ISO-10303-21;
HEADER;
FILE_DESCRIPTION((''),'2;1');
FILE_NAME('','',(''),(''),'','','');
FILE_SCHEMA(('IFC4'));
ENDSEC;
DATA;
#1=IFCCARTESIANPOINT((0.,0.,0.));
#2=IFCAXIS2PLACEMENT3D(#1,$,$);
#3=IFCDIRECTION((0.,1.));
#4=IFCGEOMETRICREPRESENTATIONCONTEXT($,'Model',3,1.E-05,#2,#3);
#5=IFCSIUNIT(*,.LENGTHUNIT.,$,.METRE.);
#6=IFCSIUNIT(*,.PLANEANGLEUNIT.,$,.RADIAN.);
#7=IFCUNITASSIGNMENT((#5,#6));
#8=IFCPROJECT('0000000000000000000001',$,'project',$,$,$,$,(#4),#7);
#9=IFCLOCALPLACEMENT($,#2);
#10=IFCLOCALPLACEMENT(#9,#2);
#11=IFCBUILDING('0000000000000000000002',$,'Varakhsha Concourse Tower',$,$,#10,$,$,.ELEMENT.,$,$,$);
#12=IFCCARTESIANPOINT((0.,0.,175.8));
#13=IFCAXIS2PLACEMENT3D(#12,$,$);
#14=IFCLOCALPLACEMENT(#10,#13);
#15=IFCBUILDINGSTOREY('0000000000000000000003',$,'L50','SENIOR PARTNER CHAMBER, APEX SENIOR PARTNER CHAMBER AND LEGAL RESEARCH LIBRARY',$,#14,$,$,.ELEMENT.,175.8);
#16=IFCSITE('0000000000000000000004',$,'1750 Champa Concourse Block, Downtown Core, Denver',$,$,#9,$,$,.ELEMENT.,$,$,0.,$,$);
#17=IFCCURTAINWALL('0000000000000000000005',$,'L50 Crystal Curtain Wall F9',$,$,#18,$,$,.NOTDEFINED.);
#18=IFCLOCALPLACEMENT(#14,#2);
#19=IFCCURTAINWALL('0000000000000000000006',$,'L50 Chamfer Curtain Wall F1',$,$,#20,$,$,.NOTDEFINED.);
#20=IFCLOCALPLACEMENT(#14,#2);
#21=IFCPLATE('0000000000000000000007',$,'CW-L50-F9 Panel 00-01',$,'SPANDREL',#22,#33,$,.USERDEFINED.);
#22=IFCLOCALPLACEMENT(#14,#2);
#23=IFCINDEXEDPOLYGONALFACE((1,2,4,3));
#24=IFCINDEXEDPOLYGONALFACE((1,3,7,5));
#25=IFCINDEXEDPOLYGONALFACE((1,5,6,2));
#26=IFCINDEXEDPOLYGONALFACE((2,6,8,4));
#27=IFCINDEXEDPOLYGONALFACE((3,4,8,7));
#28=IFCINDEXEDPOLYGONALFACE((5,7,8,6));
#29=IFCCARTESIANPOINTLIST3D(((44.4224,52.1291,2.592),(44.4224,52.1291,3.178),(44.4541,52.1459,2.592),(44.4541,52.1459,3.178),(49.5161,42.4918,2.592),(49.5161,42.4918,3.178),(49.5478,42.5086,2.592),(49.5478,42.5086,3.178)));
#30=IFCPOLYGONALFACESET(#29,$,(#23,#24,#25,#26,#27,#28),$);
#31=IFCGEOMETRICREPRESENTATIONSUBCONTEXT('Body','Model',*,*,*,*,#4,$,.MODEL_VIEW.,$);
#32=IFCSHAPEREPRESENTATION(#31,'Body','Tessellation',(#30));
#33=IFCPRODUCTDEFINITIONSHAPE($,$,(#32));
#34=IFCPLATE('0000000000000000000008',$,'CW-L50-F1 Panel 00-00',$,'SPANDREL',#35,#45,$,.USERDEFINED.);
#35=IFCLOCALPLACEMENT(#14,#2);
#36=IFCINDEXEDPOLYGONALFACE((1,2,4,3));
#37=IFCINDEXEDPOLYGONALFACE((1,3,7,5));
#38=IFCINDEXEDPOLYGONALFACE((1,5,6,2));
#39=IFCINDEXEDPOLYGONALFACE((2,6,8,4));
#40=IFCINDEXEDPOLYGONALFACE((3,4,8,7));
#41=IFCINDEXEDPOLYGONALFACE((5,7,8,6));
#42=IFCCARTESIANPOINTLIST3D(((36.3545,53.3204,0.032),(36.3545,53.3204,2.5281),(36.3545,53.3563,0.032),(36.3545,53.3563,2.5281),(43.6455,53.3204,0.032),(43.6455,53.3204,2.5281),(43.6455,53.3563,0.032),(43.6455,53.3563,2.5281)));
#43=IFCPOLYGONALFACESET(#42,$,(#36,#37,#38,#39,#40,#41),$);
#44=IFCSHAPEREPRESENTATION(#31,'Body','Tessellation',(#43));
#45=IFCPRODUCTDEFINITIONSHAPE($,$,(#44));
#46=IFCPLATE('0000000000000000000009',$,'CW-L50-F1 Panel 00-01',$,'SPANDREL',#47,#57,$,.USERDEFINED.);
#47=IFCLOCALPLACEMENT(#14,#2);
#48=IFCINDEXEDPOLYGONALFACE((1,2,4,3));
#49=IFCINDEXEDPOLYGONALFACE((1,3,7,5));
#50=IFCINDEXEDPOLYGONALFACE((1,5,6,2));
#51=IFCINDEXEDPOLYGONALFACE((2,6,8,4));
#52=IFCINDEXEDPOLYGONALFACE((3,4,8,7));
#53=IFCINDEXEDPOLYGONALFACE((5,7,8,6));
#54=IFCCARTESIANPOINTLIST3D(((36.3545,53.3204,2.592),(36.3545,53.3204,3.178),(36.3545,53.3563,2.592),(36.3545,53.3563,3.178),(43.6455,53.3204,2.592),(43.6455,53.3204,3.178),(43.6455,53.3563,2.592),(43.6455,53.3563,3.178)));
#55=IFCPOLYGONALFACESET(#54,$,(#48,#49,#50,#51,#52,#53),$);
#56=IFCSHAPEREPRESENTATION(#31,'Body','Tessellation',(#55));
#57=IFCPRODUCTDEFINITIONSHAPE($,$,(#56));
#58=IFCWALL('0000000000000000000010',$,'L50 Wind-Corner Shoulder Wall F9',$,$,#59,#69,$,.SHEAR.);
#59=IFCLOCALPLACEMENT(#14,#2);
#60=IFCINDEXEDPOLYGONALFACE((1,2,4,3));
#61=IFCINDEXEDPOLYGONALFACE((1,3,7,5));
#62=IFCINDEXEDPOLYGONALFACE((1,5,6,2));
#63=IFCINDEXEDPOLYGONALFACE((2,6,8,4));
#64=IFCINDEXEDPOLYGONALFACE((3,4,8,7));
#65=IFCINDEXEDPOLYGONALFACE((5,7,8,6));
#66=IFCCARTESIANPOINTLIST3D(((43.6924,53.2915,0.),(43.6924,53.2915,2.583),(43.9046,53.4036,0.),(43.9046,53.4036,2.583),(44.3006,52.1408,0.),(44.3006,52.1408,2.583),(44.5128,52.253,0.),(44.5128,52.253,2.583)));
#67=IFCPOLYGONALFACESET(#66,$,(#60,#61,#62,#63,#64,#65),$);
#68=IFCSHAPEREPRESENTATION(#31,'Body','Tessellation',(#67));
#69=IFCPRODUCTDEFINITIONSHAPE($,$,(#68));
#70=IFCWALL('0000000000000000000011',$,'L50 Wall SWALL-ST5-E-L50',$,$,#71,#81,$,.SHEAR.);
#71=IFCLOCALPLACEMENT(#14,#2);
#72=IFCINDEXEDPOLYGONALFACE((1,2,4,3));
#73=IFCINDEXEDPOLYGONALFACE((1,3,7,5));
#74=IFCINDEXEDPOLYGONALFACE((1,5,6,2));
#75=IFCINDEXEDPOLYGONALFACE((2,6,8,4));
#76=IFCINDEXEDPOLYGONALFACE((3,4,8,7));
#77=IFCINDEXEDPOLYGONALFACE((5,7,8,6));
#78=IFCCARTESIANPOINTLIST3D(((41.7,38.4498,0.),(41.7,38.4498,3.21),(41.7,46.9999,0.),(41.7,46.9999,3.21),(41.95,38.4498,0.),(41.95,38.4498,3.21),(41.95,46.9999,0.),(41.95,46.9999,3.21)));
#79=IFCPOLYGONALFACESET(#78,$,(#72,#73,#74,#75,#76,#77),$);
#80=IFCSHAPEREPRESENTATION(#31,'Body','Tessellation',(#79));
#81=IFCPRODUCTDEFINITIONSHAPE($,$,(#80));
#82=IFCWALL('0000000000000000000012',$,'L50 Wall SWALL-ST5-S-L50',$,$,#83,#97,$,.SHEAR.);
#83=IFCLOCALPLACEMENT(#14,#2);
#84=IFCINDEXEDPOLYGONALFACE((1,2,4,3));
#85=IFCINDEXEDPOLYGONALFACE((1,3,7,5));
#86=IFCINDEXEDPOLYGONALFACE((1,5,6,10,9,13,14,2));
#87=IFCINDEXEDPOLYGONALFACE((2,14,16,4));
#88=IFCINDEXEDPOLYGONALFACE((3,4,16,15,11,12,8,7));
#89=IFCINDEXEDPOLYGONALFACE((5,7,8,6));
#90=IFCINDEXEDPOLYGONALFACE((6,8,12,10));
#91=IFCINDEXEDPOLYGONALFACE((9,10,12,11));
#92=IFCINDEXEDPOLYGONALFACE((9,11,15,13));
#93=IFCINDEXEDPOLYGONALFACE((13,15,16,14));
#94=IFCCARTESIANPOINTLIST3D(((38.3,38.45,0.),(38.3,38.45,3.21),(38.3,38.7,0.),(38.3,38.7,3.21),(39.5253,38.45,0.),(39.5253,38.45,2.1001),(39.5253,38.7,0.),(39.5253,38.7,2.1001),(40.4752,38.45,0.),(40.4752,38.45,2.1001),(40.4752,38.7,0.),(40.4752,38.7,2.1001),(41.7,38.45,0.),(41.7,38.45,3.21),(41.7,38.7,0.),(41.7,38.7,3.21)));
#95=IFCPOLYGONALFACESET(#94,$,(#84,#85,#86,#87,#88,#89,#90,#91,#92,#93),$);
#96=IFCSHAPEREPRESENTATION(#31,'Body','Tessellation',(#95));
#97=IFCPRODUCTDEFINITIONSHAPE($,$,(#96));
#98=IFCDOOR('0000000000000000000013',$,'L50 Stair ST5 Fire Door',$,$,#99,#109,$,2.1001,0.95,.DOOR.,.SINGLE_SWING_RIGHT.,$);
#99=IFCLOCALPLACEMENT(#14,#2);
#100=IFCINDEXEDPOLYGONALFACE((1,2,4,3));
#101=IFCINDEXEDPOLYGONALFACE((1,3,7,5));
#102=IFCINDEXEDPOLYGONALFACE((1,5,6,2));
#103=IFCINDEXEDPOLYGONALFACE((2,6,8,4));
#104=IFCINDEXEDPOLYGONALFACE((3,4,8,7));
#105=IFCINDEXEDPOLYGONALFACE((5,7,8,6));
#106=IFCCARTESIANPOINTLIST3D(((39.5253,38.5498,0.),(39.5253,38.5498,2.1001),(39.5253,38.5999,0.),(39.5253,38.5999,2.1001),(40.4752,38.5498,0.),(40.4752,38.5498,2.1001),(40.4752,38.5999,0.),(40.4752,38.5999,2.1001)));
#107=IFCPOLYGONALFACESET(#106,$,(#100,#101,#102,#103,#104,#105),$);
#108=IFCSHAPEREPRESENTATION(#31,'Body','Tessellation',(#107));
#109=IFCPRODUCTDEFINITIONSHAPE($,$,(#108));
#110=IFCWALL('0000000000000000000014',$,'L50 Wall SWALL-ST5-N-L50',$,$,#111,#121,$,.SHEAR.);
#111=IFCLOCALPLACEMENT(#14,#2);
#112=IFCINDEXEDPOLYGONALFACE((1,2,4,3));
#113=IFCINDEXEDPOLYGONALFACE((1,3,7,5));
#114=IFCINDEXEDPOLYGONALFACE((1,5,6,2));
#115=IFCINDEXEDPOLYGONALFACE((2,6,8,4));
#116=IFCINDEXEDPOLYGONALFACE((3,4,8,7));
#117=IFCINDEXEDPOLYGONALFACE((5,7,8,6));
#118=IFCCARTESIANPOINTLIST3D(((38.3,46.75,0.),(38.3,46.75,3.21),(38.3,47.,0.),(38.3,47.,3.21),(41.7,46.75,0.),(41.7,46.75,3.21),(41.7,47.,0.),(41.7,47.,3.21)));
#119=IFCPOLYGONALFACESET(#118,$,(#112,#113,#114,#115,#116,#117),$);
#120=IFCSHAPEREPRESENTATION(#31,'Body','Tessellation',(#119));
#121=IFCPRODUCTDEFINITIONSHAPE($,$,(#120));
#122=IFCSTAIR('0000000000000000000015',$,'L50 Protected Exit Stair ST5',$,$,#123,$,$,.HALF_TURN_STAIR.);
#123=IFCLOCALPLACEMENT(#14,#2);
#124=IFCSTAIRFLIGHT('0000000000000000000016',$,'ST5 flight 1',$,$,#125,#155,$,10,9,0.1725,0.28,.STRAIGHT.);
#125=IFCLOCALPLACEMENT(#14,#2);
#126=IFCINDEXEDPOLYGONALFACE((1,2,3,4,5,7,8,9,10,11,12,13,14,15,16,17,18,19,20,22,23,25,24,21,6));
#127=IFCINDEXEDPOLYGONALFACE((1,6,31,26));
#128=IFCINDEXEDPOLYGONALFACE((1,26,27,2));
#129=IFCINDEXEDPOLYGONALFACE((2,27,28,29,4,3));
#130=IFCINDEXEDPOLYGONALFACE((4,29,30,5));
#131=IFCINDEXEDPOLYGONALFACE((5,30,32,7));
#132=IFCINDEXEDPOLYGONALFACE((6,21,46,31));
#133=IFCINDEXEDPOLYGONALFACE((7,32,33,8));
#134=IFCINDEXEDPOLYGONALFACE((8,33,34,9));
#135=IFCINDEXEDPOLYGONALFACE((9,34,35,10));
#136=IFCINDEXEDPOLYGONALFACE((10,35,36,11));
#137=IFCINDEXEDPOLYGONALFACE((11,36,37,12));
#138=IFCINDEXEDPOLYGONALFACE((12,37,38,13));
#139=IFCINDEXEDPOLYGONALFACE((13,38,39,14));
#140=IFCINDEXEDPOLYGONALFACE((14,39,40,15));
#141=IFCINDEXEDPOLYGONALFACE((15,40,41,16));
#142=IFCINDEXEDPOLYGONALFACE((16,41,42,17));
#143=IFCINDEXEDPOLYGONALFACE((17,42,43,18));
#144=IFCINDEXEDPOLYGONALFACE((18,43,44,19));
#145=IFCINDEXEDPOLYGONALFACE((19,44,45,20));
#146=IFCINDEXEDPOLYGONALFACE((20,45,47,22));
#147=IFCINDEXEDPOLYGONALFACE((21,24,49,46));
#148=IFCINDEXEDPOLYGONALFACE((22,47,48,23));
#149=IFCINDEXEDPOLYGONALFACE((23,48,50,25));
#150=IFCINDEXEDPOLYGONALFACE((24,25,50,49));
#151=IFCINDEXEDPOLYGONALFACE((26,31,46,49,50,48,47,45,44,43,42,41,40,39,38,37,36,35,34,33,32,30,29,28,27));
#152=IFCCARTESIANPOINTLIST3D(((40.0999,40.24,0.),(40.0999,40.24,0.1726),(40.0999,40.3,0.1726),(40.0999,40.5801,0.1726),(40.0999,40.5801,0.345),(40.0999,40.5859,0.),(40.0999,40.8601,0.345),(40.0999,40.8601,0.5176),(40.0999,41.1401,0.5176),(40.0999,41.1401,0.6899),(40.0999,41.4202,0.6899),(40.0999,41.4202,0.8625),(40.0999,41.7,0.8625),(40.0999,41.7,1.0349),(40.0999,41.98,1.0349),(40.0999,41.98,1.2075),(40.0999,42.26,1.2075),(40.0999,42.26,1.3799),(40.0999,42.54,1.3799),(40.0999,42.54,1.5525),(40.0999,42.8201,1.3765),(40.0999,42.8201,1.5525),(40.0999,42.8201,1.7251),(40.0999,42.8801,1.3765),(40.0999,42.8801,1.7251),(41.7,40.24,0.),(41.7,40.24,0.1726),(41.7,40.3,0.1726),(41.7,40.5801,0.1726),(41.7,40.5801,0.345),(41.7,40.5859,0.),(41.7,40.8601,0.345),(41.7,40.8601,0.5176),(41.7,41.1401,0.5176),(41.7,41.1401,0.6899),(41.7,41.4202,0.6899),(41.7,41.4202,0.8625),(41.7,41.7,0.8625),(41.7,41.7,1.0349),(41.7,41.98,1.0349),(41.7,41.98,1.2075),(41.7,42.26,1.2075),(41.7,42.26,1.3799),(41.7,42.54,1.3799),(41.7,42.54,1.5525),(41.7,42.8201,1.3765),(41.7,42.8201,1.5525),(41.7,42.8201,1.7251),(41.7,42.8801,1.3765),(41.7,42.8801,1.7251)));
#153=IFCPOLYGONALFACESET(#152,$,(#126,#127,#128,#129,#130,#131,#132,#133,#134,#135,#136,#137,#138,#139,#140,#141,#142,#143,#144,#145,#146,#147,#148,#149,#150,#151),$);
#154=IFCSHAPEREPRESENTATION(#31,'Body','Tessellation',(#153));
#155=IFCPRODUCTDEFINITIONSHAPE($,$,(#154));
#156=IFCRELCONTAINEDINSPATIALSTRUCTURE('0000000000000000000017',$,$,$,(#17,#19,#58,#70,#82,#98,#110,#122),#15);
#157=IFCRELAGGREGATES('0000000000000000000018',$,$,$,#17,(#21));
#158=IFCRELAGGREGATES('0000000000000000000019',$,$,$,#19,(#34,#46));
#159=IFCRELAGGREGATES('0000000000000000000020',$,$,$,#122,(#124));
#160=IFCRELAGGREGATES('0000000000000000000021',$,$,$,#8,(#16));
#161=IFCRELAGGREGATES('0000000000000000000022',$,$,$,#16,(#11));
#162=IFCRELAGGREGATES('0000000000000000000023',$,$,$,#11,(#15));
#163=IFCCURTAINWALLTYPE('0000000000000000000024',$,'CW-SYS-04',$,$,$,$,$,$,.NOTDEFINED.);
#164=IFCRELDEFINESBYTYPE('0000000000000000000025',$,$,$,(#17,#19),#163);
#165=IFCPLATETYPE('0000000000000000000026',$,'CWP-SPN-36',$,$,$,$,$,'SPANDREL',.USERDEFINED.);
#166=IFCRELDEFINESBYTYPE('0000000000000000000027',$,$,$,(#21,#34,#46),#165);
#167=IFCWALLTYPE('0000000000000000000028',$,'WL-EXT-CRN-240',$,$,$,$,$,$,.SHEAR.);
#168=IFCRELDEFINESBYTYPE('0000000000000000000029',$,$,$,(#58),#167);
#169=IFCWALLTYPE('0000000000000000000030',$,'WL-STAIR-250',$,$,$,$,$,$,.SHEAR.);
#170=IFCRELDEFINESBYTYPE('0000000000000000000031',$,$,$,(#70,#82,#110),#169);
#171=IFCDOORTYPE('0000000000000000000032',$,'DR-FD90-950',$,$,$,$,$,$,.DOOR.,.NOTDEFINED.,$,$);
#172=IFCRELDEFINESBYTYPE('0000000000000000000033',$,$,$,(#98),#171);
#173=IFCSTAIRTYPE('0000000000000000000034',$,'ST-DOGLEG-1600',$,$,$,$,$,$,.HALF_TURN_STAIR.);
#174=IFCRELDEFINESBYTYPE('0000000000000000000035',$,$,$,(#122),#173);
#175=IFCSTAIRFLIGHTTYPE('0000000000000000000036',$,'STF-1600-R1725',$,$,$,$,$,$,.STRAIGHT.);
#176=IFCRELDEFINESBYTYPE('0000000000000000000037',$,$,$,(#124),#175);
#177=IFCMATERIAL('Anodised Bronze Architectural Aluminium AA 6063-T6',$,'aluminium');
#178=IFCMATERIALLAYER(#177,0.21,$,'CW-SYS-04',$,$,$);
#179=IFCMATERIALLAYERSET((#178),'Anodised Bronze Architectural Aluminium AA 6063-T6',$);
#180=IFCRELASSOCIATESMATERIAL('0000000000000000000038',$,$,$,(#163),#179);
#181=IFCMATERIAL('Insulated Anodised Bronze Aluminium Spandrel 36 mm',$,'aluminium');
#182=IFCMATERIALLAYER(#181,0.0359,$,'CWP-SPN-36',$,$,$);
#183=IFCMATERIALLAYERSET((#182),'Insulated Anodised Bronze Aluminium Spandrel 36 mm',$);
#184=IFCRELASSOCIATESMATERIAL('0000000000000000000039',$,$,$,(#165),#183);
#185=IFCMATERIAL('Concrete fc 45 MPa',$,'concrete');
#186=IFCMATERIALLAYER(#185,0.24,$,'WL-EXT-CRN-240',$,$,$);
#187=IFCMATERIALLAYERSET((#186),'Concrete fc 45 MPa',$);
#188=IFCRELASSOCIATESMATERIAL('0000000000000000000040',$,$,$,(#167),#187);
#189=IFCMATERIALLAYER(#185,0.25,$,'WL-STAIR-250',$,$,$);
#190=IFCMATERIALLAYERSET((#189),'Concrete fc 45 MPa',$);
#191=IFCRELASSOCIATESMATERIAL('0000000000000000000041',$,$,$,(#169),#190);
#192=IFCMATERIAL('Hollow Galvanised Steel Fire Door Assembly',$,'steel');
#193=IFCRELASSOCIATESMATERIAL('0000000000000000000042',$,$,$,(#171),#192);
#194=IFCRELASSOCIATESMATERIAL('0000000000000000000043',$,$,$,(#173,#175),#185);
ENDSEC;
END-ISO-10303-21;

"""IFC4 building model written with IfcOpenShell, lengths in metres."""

from ifc_helpers import new_model, si_unit, direction, frame, frame_2d, origin, origin_2d, place, context, subcontext, project, spatial, polyline, rectangle, outline, extrude, source, transform, mapped, material, layer, layer_set, type_object, type_shapes, element, fill, aggregate, save


model = new_model("IFC4")

# Units and contexts
model_context = context("Model", 3, precision=1e-05, world=origin(), true_north=direction((0.0, 1.0)))
body_context = subcontext(model_context, "Body", "Model", "MODEL_VIEW")
ifc_project = project(units=[si_unit("LENGTHUNIT", "METRE"), si_unit("PLANEANGLEUNIT", "RADIAN")], contexts=[model_context])

# Site, building, storey
site_placement = place(None, origin())
site = spatial("IfcSite", under=ifc_project, at=site_placement, Name="1750 Champa Concourse Block, Downtown Core, Denver", CompositionType="ELEMENT", RefElevation=0.0)
building_placement = place(site_placement, origin())
building = spatial("IfcBuilding", under=site, at=building_placement, Name="Varakhsha Concourse Tower", CompositionType="ELEMENT")
storey_placement = place(building_placement, frame((0.0, 0.0, 175.8)))
storey = spatial("IfcBuildingStorey", under=building, at=storey_placement, Name="L50", Description="SENIOR PARTNER CHAMBER, APEX SENIOR PARTNER CHAMBER AND LEGAL RESEARCH LIBRARY", CompositionType="ELEMENT", Elevation=175.8)

# Curtain wall
ifc_material_1 = material(Name="Anodised Bronze Architectural Aluminium AA 6063-T6", Category="aluminium")
ifc_layer_1 = layer(ifc_material_1, 0.21, Name="CW-SYS-04")
ifc_layer_set_1 = layer_set([ifc_layer_1], Name="Anodised Bronze Architectural Aluminium AA 6063-T6")
curtain_wall_type = type_object("IfcCurtainWallType", Name="CW-SYS-04", PredefinedType="NOTDEFINED", material=ifc_layer_set_1)
curtain_wall_1_placement = place(storey_placement, origin())
curtain_wall_1 = element("IfcCurtainWall", 1, at=curtain_wall_1_placement, inside=storey, type_object=curtain_wall_type, Name="L50 Crystal Curtain Wall F9", PredefinedType="NOTDEFINED")

# Curtain wall
curtain_wall_2_placement = place(storey_placement, origin())
curtain_wall_2 = element("IfcCurtainWall", 2, at=curtain_wall_2_placement, inside=storey, type_object=curtain_wall_type, Name="L50 Chamfer Curtain Wall F1", PredefinedType="NOTDEFINED")

# Plates
ifc_material_2 = material(Name="Insulated Anodised Bronze Aluminium Spandrel 36 mm", Category="aluminium")
ifc_layer_2 = layer(ifc_material_2, 0.0359, Name="CWP-SPN-36")
ifc_layer_set_2 = layer_set([ifc_layer_2], Name="Insulated Anodised Bronze Aluminium Spandrel 36 mm")
plate_type_1 = type_object("IfcPlateType", Name="CWP-SPN-36", ElementType="SPANDREL", PredefinedType="USERDEFINED", material=ifc_layer_set_2)
shared_shape_1 = source(origin(), body_context, "Body", "SweptSolid", [
    extrude(rectangle(XDim=10.9006, YDim=0.0359, at=origin_2d()), origin(), (0.0, 0.0, 1.0), 0.5859),
])
plate_1_placement = place(storey_placement, frame((46.9851, 47.3188, 2.592), z_axis=(0.0, 0.0, 1.0), x_axis=(0.467286, -0.884106, 0.0)))
plate_1 = element("IfcPlate", 3, at=plate_1_placement, type_object=plate_type_1, Name="CW-L50-F9 Panel 00-01", ObjectType="SPANDREL", PredefinedType="USERDEFINED", context=body_context, shape_type="MappedRepresentation", body=[
    mapped(shared_shape_1, transform((0.0, 0.0, 0.0), scale=1.0)),
])
aggregate(curtain_wall_1, [plate_1])
shared_shape_2 = source(origin(), body_context, "Body", "SweptSolid", [
    extrude(rectangle(XDim=7.291, YDim=0.0359, at=origin_2d()), origin(), (0.0, 0.0, 1.0), 2.4961),
])
plate_2_placement = place(storey_placement, frame((40.0, 53.3384, 0.032), z_axis=(0.0, 0.0, 1.0), x_axis=(1.0, 0.0, 0.0)))
plate_2 = element("IfcPlate", 4, at=plate_2_placement, type_object=plate_type_1, Name="CW-L50-F1 Panel 00-00", ObjectType="SPANDREL", PredefinedType="USERDEFINED", context=body_context, shape_type="MappedRepresentation", body=[
    mapped(shared_shape_2, transform((0.0, 0.0, 0.0), scale=1.0)),
])
shared_shape_3 = source(origin(), body_context, "Body", "SweptSolid", [
    extrude(rectangle(XDim=7.291, YDim=0.0359, at=origin_2d()), origin(), (0.0, 0.0, 1.0), 0.5859),
])
type_shapes(plate_type_1, [shared_shape_1, shared_shape_2, shared_shape_3])
plate_3_placement = place(storey_placement, frame((40.0, 53.3384, 2.592), z_axis=(0.0, 0.0, 1.0), x_axis=(1.0, 0.0, 0.0)))
plate_3 = element("IfcPlate", 5, at=plate_3_placement, type_object=plate_type_1, Name="CW-L50-F1 Panel 00-01", ObjectType="SPANDREL", PredefinedType="USERDEFINED", context=body_context, shape_type="MappedRepresentation", body=[
    mapped(shared_shape_3, transform((0.0, 0.0, 0.0), scale=1.0)),
])
aggregate(curtain_wall_2, [plate_2, plate_3])

# Walls
ifc_material_3 = material(Name="Concrete fc 45 MPa", Category="concrete")
ifc_layer_3 = layer(ifc_material_3, 0.24, Name="WL-EXT-CRN-240")
ifc_layer_set_3 = layer_set([ifc_layer_3], Name="Concrete fc 45 MPa")
wall_type_1 = type_object("IfcWallType", Name="WL-EXT-CRN-240", PredefinedType="SHEAR", material=ifc_layer_set_3)
wall_1_placement = place(storey_placement, frame((44.4067, 52.1968, 0.0), z_axis=(0.0, 0.0, 1.0), x_axis=(-0.467284, 0.884107, 0.0)))
element("IfcWall", 6, at=wall_1_placement, inside=storey, type_object=wall_type_1, Name="L50 Wind-Corner Shoulder Wall F9", PredefinedType="SHEAR", context=body_context, shape_type="SweptSolid", body=[
    extrude(rectangle(XDim=1.3015, YDim=0.24, at=frame_2d((0.6509, 0.0))), origin(), (0.0, 0.0, 1.0), 2.583),
])
ifc_layer_4 = layer(ifc_material_3, 0.25, Name="WL-STAIR-250")
ifc_layer_set_4 = layer_set([ifc_layer_4], Name="Concrete fc 45 MPa")
wall_type_2 = type_object("IfcWallType", Name="WL-STAIR-250", PredefinedType="SHEAR", material=ifc_layer_set_4)
wall_2_placement = place(storey_placement, frame((41.825, 38.45, 0.0), z_axis=(0.0, 0.0, 1.0), x_axis=(0.0, 1.0, 0.0)))
element("IfcWall", 7, at=wall_2_placement, inside=storey, type_object=wall_type_2, Name="L50 Wall SWALL-ST5-E-L50", PredefinedType="SHEAR", context=body_context, shape_type="SweptSolid", body=[
    extrude(rectangle(XDim=8.55, YDim=0.25, at=frame_2d((4.2749, 0.0))), origin(), (0.0, 0.0, 1.0), 3.21),
])

# Wall, opening, door
wall_3_placement = place(storey_placement, frame((38.3, 38.575, 0.0), z_axis=(0.0, 0.0, 1.0), x_axis=(1.0, 0.0, 0.0)))
wall_3 = element("IfcWall", 8, at=wall_3_placement, inside=storey, type_object=wall_type_2, Name="L50 Wall SWALL-ST5-S-L50", PredefinedType="SHEAR", context=body_context, shape_type="SweptSolid", body=[
    extrude(rectangle(XDim=3.3999, YDim=0.25, at=frame_2d((1.7, 0.0))), origin(), (0.0, 0.0, 1.0), 3.21),
])
opening_placement = place(wall_3_placement, frame((1.2251, 0.0, 0.0)))
opening = element("IfcOpeningElement", 9, at=opening_placement, cuts=wall_3, PredefinedType="OPENING", context=body_context, shape_type="SweptSolid", body=[
    extrude(rectangle(XDim=0.95, YDim=2.1001, at=frame_2d((0.4751, 1.05))), frame((0.0, 0.135, 0.0), z_axis=(0.0, -1.0, 0.0), x_axis=(1.0, 0.0, 0.0)), (0.0, 0.0, 1.0), 0.27),
])
ifc_material_4 = material(Name="Hollow Galvanised Steel Fire Door Assembly", Category="steel")
door_type = type_object("IfcDoorType", Name="DR-FD90-950", OperationType="NOTDEFINED", PredefinedType="DOOR", material=ifc_material_4)
door_placement = place(opening_placement, origin())
door = element("IfcDoor", 10, at=door_placement, inside=storey, type_object=door_type, Name="L50 Stair ST5 Fire Door", OperationType="SINGLE_SWING_RIGHT", OverallHeight=2.1001, OverallWidth=0.95, PredefinedType="DOOR", context=body_context, shape_type="SweptSolid", body=[
    extrude(rectangle(XDim=0.95, YDim=2.1001, at=frame_2d((0.4751, 1.05))), frame((0.0, 0.0249, 0.0), z_axis=(0.0, -1.0, 0.0), x_axis=(1.0, 0.0, 0.0)), (0.0, 0.0, 1.0), 0.05),
])
fill(opening, door)

# Wall
wall_4_placement = place(storey_placement, frame((38.3, 46.875, 0.0), z_axis=(0.0, 0.0, 1.0), x_axis=(1.0, 0.0, 0.0)))
element("IfcWall", 11, at=wall_4_placement, inside=storey, type_object=wall_type_2, Name="L50 Wall SWALL-ST5-N-L50", PredefinedType="SHEAR", context=body_context, shape_type="SweptSolid", body=[
    extrude(rectangle(XDim=3.3999, YDim=0.25, at=frame_2d((1.7, 0.0))), origin(), (0.0, 0.0, 1.0), 3.21),
])

# Stair, stair flight
stair_type = type_object("IfcStairType", Name="ST-DOGLEG-1600", PredefinedType="HALF_TURN_STAIR", material=ifc_material_3)
stair_placement = place(storey_placement, origin())
stair = element("IfcStair", 12, at=stair_placement, inside=storey, type_object=stair_type, Name="L50 Protected Exit Stair ST5", PredefinedType="HALF_TURN_STAIR")
stair_flight_type = type_object("IfcStairFlightType", Name="STF-1600-R1725", PredefinedType="STRAIGHT", material=ifc_material_3)
stair_flight_1_placement = place(storey_placement, frame((40.8999, 40.3, 0.0), z_axis=(0.0, 0.0, 1.0), x_axis=(0.0, 1.0, 0.0)))
stair_flight_1 = element("IfcStairFlight", 13, at=stair_flight_1_placement, type_object=stair_flight_type, Name="ST5 flight 1", NumberOfRisers=10, NumberOfTreads=9, PredefinedType="STRAIGHT", RiserHeight=0.1725, TreadLength=0.28, context=body_context, shape_type="SweptSolid", body=[
    extrude(outline(polyline([(-0.0601, 0.0), (-0.0601, 0.1726), (0.0, 0.1726), (0.28, 0.1726), (0.28, 0.345), (0.5601, 0.345), (0.5601, 0.5176), (0.8401, 0.5176), (0.8401, 0.6899), (1.1201, 0.6899), (1.1201, 0.8625), (1.3999, 0.8625), (1.3999, 1.0349), (1.6799, 1.0349), (1.6799, 1.2075), (1.96, 1.2075), (1.96, 1.3799), (2.24, 1.3799), (2.24, 1.5525), (2.52, 1.5525), (2.52, 1.7251), (2.5801, 1.7251), (2.5801, 1.3765), (2.52, 1.3765), (0.2859, 0.0), (-0.0601, 0.0)])), frame((0.0, 0.8, 0.0), z_axis=(0.0, -1.0, 0.0), x_axis=(1.0, 0.0, 0.0)), (0.0, 0.0, 1.0), 1.6001),
])
aggregate(stair, [stair_flight_1])

save(model, "model.ifc")
